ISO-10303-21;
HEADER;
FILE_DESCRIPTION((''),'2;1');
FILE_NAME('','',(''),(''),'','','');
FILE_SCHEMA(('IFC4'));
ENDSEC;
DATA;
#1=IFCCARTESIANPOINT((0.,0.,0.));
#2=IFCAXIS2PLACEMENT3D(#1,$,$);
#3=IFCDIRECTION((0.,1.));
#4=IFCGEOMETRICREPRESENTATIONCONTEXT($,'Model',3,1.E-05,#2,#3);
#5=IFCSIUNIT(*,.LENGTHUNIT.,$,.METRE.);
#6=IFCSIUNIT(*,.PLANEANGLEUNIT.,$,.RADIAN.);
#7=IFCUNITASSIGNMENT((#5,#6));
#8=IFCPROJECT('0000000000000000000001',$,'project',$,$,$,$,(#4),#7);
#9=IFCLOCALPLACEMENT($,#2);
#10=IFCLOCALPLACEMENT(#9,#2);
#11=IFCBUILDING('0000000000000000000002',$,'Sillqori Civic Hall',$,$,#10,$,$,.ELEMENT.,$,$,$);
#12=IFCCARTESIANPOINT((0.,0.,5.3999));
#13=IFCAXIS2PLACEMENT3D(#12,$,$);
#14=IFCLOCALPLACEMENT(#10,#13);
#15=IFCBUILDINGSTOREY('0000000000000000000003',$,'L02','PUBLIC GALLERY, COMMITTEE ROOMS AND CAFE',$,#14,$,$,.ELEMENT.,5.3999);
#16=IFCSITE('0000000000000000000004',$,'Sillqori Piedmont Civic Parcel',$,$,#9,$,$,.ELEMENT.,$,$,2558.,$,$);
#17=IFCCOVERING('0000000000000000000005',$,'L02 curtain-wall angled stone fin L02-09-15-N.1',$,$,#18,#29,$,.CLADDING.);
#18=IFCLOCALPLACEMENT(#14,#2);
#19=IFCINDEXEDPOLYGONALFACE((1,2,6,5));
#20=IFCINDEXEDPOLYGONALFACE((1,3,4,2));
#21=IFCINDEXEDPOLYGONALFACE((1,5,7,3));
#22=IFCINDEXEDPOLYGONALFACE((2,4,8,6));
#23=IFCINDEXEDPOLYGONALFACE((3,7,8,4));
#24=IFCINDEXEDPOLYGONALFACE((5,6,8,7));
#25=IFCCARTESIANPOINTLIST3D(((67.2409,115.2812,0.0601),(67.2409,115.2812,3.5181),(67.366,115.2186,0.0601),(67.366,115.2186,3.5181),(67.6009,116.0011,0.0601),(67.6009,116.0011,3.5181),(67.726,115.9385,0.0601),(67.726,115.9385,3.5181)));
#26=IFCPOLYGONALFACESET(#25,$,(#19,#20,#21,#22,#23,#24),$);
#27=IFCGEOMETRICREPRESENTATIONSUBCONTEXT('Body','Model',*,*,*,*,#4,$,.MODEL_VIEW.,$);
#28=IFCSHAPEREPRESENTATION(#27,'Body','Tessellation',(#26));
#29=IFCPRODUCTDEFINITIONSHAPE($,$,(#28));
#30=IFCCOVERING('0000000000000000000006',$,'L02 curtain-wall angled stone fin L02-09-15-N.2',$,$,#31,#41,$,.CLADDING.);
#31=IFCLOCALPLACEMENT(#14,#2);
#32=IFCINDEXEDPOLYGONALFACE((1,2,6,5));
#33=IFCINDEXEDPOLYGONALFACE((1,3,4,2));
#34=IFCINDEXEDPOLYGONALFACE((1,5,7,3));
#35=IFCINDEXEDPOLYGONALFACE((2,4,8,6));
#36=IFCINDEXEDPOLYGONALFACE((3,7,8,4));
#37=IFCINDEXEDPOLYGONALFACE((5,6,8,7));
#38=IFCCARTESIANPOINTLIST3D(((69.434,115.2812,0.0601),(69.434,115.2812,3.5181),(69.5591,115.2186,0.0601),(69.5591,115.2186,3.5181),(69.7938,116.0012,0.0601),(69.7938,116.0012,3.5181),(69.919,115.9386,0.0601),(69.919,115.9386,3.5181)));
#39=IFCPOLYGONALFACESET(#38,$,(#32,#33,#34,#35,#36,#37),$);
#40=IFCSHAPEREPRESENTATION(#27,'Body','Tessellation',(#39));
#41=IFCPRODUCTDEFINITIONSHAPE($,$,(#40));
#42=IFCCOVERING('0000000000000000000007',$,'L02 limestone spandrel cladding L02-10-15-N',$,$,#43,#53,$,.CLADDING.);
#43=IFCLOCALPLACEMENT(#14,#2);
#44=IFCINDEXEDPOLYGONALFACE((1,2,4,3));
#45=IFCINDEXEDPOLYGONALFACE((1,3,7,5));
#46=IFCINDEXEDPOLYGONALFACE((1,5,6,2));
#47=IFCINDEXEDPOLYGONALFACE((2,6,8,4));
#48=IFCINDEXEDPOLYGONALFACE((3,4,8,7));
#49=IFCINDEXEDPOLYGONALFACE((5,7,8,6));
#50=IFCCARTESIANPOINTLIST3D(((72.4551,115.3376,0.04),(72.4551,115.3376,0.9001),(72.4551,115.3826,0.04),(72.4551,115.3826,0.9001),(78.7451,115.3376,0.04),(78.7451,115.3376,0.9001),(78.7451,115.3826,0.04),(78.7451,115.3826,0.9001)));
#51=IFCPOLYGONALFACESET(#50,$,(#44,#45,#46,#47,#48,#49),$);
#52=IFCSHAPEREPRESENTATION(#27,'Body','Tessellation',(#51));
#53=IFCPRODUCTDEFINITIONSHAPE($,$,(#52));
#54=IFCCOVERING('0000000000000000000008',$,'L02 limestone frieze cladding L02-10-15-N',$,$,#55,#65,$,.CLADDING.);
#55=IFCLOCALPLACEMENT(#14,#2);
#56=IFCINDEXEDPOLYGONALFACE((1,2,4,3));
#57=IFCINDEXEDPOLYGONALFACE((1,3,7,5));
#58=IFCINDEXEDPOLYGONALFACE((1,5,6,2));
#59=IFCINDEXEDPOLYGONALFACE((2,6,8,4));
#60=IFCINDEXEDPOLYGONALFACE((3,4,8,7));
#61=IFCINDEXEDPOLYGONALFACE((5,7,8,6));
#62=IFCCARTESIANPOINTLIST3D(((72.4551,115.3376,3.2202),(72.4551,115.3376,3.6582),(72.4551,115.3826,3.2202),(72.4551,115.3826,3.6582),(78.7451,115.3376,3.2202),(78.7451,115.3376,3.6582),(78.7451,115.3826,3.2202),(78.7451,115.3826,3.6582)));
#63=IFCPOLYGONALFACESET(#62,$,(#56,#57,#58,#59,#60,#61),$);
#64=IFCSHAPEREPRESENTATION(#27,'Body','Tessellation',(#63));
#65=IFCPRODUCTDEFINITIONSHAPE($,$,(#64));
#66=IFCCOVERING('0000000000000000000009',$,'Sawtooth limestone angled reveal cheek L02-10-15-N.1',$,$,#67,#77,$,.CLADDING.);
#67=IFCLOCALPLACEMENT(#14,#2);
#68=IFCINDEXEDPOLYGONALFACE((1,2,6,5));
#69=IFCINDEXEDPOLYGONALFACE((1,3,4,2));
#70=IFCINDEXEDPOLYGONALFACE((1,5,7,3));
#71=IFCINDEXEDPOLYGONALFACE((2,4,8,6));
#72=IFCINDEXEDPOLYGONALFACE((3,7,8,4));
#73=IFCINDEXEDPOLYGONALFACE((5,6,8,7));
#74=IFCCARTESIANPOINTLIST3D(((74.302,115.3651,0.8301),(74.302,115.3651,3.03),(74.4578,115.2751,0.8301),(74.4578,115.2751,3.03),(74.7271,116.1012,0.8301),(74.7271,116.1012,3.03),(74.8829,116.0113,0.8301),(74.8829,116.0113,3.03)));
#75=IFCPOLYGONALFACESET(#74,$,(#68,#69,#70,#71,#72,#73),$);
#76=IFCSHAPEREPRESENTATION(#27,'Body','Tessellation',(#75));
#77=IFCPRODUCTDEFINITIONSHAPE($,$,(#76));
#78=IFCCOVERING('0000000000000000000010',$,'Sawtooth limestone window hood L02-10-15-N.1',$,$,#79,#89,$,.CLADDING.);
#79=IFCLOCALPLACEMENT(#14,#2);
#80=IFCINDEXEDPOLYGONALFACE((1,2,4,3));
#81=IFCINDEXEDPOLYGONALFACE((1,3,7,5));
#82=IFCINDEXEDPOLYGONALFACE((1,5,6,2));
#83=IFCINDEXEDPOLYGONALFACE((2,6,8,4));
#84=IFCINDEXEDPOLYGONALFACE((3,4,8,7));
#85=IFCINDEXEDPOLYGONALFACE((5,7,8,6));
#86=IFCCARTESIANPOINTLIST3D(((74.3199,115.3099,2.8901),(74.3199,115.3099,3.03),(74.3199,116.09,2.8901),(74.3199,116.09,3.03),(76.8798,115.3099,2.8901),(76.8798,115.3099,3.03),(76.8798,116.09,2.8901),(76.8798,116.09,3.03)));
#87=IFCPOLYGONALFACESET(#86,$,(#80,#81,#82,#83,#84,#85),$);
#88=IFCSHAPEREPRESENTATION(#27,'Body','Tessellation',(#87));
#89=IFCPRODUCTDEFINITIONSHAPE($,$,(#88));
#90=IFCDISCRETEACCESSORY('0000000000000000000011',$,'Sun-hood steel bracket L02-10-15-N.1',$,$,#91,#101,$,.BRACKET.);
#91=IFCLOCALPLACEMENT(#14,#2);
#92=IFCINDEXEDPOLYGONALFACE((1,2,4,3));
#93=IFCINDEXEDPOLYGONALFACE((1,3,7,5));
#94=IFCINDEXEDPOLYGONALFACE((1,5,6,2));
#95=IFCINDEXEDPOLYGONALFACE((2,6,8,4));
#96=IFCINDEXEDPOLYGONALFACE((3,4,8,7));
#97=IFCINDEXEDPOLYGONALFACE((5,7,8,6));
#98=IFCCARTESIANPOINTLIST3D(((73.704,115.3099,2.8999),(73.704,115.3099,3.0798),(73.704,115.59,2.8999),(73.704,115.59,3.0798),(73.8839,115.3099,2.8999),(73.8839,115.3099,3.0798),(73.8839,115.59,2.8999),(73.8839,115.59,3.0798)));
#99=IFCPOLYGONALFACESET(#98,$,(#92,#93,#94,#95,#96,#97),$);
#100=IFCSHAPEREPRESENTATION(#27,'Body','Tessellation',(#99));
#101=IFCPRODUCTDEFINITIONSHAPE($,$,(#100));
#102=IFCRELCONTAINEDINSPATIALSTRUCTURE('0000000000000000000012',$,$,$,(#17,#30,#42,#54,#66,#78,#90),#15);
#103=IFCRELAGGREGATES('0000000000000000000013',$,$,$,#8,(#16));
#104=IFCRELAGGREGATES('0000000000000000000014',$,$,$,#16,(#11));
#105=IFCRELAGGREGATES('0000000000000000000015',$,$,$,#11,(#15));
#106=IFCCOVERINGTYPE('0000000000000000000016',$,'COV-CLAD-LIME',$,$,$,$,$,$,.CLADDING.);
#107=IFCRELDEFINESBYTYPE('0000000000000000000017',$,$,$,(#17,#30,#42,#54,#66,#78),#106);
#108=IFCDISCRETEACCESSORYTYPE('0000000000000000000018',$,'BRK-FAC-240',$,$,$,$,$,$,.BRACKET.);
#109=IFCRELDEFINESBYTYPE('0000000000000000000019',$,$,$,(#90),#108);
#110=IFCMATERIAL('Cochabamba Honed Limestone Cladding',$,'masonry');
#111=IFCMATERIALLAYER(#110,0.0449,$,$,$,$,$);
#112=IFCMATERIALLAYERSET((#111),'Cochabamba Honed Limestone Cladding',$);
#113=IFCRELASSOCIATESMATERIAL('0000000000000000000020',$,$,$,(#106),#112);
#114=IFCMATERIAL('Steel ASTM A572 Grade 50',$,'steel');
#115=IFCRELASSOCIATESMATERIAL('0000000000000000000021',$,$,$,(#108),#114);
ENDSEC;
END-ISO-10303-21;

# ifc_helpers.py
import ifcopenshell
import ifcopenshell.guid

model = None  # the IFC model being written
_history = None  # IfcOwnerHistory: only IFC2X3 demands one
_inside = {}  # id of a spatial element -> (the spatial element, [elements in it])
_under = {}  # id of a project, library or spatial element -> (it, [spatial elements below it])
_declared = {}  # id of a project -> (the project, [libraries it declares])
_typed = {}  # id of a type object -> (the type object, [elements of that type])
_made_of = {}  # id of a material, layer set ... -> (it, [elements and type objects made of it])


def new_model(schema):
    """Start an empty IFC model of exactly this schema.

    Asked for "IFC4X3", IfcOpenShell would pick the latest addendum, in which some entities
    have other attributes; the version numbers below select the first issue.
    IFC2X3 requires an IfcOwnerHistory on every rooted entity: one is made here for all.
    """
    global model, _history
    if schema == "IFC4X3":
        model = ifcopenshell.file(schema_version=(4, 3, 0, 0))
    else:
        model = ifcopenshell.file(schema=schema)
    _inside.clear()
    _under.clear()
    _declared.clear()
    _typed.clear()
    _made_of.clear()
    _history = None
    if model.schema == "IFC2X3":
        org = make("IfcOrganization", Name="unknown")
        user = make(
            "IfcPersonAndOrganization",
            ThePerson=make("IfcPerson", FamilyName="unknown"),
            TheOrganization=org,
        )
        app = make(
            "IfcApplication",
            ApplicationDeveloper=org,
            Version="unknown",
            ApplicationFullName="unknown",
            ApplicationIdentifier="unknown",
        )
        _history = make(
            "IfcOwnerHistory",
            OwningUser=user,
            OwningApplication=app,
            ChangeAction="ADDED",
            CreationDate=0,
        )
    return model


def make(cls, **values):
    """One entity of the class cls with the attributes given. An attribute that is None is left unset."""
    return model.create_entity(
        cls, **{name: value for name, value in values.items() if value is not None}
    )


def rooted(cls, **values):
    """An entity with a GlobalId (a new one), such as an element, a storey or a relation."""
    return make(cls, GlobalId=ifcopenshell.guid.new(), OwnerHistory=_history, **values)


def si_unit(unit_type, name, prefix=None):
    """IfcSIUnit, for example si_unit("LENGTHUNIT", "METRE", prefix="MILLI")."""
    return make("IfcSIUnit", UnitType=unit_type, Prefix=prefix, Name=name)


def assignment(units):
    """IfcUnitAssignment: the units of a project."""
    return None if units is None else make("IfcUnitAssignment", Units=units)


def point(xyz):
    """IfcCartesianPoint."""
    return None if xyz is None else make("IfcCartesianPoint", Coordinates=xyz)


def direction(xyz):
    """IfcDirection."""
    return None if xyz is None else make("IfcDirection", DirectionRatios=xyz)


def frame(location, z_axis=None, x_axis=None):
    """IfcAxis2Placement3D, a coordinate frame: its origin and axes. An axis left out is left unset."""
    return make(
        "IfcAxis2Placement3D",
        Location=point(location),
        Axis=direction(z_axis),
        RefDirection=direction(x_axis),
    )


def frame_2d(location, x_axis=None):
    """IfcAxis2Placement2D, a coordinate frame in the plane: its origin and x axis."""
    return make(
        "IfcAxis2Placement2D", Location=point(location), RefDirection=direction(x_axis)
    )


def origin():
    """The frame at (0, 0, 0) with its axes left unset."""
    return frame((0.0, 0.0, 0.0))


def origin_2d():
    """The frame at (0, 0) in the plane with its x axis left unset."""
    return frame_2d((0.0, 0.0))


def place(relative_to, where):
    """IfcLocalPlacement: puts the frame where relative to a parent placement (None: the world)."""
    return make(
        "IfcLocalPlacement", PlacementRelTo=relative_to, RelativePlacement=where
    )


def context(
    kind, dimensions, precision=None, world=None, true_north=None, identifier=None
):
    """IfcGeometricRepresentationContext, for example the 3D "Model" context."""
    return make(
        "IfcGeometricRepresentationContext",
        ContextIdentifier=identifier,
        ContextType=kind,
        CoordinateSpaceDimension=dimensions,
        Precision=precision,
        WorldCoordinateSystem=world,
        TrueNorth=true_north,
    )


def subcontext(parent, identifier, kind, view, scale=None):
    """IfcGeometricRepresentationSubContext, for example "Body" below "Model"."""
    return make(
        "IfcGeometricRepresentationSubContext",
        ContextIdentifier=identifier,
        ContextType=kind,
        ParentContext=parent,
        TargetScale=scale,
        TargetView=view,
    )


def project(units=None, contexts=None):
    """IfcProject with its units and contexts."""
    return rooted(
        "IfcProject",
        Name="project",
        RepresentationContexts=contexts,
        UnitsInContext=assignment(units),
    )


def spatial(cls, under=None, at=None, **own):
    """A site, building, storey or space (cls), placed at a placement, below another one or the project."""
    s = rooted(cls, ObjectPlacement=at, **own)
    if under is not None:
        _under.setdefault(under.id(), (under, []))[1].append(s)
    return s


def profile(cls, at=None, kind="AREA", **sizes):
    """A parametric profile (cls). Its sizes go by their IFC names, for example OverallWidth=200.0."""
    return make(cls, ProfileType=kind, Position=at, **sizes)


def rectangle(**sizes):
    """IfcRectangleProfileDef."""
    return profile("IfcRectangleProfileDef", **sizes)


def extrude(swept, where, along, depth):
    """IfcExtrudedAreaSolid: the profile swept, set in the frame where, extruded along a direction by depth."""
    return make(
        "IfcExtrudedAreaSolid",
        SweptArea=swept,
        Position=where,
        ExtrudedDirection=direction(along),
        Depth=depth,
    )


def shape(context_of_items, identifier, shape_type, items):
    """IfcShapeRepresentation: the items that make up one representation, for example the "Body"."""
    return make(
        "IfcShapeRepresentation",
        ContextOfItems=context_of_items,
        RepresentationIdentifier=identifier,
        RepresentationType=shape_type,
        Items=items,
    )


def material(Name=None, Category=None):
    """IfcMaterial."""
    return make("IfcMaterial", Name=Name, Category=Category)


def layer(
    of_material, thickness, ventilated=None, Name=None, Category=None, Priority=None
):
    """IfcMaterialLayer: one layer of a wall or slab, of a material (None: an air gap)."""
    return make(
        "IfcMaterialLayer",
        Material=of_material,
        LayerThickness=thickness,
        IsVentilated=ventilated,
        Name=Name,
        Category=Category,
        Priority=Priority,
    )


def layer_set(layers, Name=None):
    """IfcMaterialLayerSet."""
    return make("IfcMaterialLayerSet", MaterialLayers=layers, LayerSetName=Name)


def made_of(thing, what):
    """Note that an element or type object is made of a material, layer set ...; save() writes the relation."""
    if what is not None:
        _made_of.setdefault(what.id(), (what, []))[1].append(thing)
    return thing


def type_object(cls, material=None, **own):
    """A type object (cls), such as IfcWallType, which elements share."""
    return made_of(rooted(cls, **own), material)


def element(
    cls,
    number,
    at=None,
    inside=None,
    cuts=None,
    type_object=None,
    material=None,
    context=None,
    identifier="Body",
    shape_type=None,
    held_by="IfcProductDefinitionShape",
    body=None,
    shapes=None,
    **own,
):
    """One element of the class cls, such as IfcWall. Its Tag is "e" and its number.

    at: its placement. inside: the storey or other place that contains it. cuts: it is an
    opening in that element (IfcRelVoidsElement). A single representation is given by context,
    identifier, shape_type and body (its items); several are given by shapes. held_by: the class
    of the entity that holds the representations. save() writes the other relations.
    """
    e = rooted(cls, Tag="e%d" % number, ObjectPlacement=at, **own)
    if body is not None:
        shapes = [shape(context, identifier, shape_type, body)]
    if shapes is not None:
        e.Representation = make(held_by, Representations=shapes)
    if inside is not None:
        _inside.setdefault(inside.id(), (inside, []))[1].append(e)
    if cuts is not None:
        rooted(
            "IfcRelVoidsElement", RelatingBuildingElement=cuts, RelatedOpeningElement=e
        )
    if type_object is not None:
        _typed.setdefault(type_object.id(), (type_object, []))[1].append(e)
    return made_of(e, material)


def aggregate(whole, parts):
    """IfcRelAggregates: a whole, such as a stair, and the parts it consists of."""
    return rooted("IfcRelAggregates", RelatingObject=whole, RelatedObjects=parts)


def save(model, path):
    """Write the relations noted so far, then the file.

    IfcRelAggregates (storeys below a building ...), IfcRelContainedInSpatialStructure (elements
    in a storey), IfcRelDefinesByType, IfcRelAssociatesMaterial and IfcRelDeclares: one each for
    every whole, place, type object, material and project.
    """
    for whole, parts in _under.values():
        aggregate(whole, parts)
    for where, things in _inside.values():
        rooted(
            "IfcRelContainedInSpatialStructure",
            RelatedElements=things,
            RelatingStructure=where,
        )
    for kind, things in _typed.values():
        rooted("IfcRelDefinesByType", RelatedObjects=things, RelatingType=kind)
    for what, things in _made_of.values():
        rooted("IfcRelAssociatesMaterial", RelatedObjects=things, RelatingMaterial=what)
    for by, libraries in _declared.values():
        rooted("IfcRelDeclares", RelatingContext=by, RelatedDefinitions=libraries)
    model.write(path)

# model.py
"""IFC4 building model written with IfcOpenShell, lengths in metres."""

from ifc_helpers import new_model, si_unit, direction, frame, frame_2d, origin, origin_2d, place, context, subcontext, project, spatial, rectangle, extrude, material, layer, layer_set, type_object, element, save


model = new_model("IFC4")

# Units and contexts
model_context = context("Model", 3, precision=1e-05, world=origin(), true_north=direction((0.0, 1.0)))
body_context = subcontext(model_context, "Body", "Model", "MODEL_VIEW")
ifc_project = project(units=[si_unit("LENGTHUNIT", "METRE"), si_unit("PLANEANGLEUNIT", "RADIAN")], contexts=[model_context])

# Site, building, storey
site_placement = place(None, origin())
site = spatial("IfcSite", under=ifc_project, at=site_placement, Name="Sillqori Piedmont Civic Parcel", CompositionType="ELEMENT", RefElevation=2558.0)
building_placement = place(site_placement, origin())
building = spatial("IfcBuilding", under=site, at=building_placement, Name="Sillqori Civic Hall", CompositionType="ELEMENT")
storey_placement = place(building_placement, frame((0.0, 0.0, 5.3999)))
storey = spatial("IfcBuildingStorey", under=building, at=storey_placement, Name="L02", Description="PUBLIC GALLERY, COMMITTEE ROOMS AND CAFE", CompositionType="ELEMENT", Elevation=5.3999)

# Coverings
ifc_material_1 = material(Name="Cochabamba Honed Limestone Cladding", Category="masonry")
ifc_layer_1 = layer(ifc_material_1, 0.0449)
ifc_layer_set_1 = layer_set([ifc_layer_1], Name="Cochabamba Honed Limestone Cladding")
covering_type = type_object("IfcCoveringType", Name="COV-CLAD-LIME", PredefinedType="CLADDING", material=ifc_layer_set_1)
for number, where, z_axis, x_axis, name in (
    (1, (67.3035, 115.25, 0.0601), (0.0, 0.0, 1.0), (0.447335, 0.894367, 0.0), "L02 curtain-wall angled stone fin L02-09-15-N.1"),
    (2, (69.4966, 115.25, 0.0601), (0.0, 0.0, 1.0), (0.447092, 0.894488, 0.0), "L02 curtain-wall angled stone fin L02-09-15-N.2"),
):
    element("IfcCovering", number, at=place(storey_placement, frame(where, z_axis=z_axis, x_axis=x_axis)), inside=storey, type_object=covering_type, Name=name, PredefinedType="CLADDING", context=body_context, shape_type="SweptSolid", body=[
        extrude(rectangle(XDim=0.8049, YDim=0.1399, at=frame_2d((0.4023, 0.0))), origin(), (0.0, 0.0, 1.0), 3.458),
    ])
covering_1_placement = place(storey_placement, frame((72.4551, 115.3601, 0.04), z_axis=(0.0, 0.0, 1.0), x_axis=(1.0, 0.0, 0.0)))
element("IfcCovering", 3, at=covering_1_placement, inside=storey, type_object=covering_type, Name="L02 limestone spandrel cladding L02-10-15-N", PredefinedType="CLADDING", context=body_context, shape_type="SweptSolid", body=[
    extrude(rectangle(XDim=6.29, YDim=0.0449, at=frame_2d((3.145, 0.0))), origin(), (0.0, 0.0, 1.0), 0.8601),
])
covering_2_placement = place(storey_placement, frame((72.4551, 115.3601, 3.2202), z_axis=(0.0, 0.0, 1.0), x_axis=(1.0, 0.0, 0.0)))
element("IfcCovering", 4, at=covering_2_placement, inside=storey, type_object=covering_type, Name="L02 limestone frieze cladding L02-10-15-N", PredefinedType="CLADDING", context=body_context, shape_type="SweptSolid", body=[
    extrude(rectangle(XDim=6.29, YDim=0.0449, at=frame_2d((3.145, 0.0))), origin(), (0.0, 0.0, 1.0), 0.438),
])
covering_3_placement = place(storey_placement, frame((74.3799, 115.3201, 0.8301), z_axis=(0.0, 0.0, 1.0), x_axis=(0.500062, 0.865989, 0.0)))
element("IfcCovering", 5, at=covering_3_placement, inside=storey, type_object=covering_type, Name="Sawtooth limestone angled reveal cheek L02-10-15-N.1", PredefinedType="CLADDING", context=body_context, shape_type="SweptSolid", body=[
    extrude(rectangle(XDim=0.8501, YDim=0.1799, at=frame_2d((0.425, 0.0))), origin(), (0.0, 0.0, 1.0), 2.2),
])
covering_4_placement = place(storey_placement, frame((74.3201, 115.7, 2.8901), z_axis=(0.0, 0.0, 1.0), x_axis=(1.0, 0.0, 0.0)))
element("IfcCovering", 6, at=covering_4_placement, inside=storey, type_object=covering_type, Name="Sawtooth limestone window hood L02-10-15-N.1", PredefinedType="CLADDING", context=body_context, shape_type="SweptSolid", body=[
    extrude(rectangle(XDim=2.5598, YDim=0.78, at=frame_2d((1.2798, 0.0))), origin(), (0.0, 0.0, 1.0), 0.1399),
])

# Discrete accessory
ifc_material_2 = material(Name="Steel ASTM A572 Grade 50", Category="steel")
discrete_accessory_type = type_object("IfcDiscreteAccessoryType", Name="BRK-FAC-240", PredefinedType="BRACKET", material=ifc_material_2)
discrete_accessory_placement = place(storey_placement, frame((73.7939, 115.45, 2.8999), z_axis=(0.0, 0.0, 1.0), x_axis=(1.0, 0.0, 0.0)))
element("IfcDiscreteAccessory", 7, at=discrete_accessory_placement, inside=storey, type_object=discrete_accessory_type, Name="Sun-hood steel bracket L02-10-15-N.1", PredefinedType="BRACKET", context=body_context, shape_type="SweptSolid", body=[
    extrude(rectangle(XDim=0.1799, YDim=0.28, at=origin_2d()), origin(), (0.0, 0.0, 1.0), 0.1799),
])

save(model, "model.ifc")
